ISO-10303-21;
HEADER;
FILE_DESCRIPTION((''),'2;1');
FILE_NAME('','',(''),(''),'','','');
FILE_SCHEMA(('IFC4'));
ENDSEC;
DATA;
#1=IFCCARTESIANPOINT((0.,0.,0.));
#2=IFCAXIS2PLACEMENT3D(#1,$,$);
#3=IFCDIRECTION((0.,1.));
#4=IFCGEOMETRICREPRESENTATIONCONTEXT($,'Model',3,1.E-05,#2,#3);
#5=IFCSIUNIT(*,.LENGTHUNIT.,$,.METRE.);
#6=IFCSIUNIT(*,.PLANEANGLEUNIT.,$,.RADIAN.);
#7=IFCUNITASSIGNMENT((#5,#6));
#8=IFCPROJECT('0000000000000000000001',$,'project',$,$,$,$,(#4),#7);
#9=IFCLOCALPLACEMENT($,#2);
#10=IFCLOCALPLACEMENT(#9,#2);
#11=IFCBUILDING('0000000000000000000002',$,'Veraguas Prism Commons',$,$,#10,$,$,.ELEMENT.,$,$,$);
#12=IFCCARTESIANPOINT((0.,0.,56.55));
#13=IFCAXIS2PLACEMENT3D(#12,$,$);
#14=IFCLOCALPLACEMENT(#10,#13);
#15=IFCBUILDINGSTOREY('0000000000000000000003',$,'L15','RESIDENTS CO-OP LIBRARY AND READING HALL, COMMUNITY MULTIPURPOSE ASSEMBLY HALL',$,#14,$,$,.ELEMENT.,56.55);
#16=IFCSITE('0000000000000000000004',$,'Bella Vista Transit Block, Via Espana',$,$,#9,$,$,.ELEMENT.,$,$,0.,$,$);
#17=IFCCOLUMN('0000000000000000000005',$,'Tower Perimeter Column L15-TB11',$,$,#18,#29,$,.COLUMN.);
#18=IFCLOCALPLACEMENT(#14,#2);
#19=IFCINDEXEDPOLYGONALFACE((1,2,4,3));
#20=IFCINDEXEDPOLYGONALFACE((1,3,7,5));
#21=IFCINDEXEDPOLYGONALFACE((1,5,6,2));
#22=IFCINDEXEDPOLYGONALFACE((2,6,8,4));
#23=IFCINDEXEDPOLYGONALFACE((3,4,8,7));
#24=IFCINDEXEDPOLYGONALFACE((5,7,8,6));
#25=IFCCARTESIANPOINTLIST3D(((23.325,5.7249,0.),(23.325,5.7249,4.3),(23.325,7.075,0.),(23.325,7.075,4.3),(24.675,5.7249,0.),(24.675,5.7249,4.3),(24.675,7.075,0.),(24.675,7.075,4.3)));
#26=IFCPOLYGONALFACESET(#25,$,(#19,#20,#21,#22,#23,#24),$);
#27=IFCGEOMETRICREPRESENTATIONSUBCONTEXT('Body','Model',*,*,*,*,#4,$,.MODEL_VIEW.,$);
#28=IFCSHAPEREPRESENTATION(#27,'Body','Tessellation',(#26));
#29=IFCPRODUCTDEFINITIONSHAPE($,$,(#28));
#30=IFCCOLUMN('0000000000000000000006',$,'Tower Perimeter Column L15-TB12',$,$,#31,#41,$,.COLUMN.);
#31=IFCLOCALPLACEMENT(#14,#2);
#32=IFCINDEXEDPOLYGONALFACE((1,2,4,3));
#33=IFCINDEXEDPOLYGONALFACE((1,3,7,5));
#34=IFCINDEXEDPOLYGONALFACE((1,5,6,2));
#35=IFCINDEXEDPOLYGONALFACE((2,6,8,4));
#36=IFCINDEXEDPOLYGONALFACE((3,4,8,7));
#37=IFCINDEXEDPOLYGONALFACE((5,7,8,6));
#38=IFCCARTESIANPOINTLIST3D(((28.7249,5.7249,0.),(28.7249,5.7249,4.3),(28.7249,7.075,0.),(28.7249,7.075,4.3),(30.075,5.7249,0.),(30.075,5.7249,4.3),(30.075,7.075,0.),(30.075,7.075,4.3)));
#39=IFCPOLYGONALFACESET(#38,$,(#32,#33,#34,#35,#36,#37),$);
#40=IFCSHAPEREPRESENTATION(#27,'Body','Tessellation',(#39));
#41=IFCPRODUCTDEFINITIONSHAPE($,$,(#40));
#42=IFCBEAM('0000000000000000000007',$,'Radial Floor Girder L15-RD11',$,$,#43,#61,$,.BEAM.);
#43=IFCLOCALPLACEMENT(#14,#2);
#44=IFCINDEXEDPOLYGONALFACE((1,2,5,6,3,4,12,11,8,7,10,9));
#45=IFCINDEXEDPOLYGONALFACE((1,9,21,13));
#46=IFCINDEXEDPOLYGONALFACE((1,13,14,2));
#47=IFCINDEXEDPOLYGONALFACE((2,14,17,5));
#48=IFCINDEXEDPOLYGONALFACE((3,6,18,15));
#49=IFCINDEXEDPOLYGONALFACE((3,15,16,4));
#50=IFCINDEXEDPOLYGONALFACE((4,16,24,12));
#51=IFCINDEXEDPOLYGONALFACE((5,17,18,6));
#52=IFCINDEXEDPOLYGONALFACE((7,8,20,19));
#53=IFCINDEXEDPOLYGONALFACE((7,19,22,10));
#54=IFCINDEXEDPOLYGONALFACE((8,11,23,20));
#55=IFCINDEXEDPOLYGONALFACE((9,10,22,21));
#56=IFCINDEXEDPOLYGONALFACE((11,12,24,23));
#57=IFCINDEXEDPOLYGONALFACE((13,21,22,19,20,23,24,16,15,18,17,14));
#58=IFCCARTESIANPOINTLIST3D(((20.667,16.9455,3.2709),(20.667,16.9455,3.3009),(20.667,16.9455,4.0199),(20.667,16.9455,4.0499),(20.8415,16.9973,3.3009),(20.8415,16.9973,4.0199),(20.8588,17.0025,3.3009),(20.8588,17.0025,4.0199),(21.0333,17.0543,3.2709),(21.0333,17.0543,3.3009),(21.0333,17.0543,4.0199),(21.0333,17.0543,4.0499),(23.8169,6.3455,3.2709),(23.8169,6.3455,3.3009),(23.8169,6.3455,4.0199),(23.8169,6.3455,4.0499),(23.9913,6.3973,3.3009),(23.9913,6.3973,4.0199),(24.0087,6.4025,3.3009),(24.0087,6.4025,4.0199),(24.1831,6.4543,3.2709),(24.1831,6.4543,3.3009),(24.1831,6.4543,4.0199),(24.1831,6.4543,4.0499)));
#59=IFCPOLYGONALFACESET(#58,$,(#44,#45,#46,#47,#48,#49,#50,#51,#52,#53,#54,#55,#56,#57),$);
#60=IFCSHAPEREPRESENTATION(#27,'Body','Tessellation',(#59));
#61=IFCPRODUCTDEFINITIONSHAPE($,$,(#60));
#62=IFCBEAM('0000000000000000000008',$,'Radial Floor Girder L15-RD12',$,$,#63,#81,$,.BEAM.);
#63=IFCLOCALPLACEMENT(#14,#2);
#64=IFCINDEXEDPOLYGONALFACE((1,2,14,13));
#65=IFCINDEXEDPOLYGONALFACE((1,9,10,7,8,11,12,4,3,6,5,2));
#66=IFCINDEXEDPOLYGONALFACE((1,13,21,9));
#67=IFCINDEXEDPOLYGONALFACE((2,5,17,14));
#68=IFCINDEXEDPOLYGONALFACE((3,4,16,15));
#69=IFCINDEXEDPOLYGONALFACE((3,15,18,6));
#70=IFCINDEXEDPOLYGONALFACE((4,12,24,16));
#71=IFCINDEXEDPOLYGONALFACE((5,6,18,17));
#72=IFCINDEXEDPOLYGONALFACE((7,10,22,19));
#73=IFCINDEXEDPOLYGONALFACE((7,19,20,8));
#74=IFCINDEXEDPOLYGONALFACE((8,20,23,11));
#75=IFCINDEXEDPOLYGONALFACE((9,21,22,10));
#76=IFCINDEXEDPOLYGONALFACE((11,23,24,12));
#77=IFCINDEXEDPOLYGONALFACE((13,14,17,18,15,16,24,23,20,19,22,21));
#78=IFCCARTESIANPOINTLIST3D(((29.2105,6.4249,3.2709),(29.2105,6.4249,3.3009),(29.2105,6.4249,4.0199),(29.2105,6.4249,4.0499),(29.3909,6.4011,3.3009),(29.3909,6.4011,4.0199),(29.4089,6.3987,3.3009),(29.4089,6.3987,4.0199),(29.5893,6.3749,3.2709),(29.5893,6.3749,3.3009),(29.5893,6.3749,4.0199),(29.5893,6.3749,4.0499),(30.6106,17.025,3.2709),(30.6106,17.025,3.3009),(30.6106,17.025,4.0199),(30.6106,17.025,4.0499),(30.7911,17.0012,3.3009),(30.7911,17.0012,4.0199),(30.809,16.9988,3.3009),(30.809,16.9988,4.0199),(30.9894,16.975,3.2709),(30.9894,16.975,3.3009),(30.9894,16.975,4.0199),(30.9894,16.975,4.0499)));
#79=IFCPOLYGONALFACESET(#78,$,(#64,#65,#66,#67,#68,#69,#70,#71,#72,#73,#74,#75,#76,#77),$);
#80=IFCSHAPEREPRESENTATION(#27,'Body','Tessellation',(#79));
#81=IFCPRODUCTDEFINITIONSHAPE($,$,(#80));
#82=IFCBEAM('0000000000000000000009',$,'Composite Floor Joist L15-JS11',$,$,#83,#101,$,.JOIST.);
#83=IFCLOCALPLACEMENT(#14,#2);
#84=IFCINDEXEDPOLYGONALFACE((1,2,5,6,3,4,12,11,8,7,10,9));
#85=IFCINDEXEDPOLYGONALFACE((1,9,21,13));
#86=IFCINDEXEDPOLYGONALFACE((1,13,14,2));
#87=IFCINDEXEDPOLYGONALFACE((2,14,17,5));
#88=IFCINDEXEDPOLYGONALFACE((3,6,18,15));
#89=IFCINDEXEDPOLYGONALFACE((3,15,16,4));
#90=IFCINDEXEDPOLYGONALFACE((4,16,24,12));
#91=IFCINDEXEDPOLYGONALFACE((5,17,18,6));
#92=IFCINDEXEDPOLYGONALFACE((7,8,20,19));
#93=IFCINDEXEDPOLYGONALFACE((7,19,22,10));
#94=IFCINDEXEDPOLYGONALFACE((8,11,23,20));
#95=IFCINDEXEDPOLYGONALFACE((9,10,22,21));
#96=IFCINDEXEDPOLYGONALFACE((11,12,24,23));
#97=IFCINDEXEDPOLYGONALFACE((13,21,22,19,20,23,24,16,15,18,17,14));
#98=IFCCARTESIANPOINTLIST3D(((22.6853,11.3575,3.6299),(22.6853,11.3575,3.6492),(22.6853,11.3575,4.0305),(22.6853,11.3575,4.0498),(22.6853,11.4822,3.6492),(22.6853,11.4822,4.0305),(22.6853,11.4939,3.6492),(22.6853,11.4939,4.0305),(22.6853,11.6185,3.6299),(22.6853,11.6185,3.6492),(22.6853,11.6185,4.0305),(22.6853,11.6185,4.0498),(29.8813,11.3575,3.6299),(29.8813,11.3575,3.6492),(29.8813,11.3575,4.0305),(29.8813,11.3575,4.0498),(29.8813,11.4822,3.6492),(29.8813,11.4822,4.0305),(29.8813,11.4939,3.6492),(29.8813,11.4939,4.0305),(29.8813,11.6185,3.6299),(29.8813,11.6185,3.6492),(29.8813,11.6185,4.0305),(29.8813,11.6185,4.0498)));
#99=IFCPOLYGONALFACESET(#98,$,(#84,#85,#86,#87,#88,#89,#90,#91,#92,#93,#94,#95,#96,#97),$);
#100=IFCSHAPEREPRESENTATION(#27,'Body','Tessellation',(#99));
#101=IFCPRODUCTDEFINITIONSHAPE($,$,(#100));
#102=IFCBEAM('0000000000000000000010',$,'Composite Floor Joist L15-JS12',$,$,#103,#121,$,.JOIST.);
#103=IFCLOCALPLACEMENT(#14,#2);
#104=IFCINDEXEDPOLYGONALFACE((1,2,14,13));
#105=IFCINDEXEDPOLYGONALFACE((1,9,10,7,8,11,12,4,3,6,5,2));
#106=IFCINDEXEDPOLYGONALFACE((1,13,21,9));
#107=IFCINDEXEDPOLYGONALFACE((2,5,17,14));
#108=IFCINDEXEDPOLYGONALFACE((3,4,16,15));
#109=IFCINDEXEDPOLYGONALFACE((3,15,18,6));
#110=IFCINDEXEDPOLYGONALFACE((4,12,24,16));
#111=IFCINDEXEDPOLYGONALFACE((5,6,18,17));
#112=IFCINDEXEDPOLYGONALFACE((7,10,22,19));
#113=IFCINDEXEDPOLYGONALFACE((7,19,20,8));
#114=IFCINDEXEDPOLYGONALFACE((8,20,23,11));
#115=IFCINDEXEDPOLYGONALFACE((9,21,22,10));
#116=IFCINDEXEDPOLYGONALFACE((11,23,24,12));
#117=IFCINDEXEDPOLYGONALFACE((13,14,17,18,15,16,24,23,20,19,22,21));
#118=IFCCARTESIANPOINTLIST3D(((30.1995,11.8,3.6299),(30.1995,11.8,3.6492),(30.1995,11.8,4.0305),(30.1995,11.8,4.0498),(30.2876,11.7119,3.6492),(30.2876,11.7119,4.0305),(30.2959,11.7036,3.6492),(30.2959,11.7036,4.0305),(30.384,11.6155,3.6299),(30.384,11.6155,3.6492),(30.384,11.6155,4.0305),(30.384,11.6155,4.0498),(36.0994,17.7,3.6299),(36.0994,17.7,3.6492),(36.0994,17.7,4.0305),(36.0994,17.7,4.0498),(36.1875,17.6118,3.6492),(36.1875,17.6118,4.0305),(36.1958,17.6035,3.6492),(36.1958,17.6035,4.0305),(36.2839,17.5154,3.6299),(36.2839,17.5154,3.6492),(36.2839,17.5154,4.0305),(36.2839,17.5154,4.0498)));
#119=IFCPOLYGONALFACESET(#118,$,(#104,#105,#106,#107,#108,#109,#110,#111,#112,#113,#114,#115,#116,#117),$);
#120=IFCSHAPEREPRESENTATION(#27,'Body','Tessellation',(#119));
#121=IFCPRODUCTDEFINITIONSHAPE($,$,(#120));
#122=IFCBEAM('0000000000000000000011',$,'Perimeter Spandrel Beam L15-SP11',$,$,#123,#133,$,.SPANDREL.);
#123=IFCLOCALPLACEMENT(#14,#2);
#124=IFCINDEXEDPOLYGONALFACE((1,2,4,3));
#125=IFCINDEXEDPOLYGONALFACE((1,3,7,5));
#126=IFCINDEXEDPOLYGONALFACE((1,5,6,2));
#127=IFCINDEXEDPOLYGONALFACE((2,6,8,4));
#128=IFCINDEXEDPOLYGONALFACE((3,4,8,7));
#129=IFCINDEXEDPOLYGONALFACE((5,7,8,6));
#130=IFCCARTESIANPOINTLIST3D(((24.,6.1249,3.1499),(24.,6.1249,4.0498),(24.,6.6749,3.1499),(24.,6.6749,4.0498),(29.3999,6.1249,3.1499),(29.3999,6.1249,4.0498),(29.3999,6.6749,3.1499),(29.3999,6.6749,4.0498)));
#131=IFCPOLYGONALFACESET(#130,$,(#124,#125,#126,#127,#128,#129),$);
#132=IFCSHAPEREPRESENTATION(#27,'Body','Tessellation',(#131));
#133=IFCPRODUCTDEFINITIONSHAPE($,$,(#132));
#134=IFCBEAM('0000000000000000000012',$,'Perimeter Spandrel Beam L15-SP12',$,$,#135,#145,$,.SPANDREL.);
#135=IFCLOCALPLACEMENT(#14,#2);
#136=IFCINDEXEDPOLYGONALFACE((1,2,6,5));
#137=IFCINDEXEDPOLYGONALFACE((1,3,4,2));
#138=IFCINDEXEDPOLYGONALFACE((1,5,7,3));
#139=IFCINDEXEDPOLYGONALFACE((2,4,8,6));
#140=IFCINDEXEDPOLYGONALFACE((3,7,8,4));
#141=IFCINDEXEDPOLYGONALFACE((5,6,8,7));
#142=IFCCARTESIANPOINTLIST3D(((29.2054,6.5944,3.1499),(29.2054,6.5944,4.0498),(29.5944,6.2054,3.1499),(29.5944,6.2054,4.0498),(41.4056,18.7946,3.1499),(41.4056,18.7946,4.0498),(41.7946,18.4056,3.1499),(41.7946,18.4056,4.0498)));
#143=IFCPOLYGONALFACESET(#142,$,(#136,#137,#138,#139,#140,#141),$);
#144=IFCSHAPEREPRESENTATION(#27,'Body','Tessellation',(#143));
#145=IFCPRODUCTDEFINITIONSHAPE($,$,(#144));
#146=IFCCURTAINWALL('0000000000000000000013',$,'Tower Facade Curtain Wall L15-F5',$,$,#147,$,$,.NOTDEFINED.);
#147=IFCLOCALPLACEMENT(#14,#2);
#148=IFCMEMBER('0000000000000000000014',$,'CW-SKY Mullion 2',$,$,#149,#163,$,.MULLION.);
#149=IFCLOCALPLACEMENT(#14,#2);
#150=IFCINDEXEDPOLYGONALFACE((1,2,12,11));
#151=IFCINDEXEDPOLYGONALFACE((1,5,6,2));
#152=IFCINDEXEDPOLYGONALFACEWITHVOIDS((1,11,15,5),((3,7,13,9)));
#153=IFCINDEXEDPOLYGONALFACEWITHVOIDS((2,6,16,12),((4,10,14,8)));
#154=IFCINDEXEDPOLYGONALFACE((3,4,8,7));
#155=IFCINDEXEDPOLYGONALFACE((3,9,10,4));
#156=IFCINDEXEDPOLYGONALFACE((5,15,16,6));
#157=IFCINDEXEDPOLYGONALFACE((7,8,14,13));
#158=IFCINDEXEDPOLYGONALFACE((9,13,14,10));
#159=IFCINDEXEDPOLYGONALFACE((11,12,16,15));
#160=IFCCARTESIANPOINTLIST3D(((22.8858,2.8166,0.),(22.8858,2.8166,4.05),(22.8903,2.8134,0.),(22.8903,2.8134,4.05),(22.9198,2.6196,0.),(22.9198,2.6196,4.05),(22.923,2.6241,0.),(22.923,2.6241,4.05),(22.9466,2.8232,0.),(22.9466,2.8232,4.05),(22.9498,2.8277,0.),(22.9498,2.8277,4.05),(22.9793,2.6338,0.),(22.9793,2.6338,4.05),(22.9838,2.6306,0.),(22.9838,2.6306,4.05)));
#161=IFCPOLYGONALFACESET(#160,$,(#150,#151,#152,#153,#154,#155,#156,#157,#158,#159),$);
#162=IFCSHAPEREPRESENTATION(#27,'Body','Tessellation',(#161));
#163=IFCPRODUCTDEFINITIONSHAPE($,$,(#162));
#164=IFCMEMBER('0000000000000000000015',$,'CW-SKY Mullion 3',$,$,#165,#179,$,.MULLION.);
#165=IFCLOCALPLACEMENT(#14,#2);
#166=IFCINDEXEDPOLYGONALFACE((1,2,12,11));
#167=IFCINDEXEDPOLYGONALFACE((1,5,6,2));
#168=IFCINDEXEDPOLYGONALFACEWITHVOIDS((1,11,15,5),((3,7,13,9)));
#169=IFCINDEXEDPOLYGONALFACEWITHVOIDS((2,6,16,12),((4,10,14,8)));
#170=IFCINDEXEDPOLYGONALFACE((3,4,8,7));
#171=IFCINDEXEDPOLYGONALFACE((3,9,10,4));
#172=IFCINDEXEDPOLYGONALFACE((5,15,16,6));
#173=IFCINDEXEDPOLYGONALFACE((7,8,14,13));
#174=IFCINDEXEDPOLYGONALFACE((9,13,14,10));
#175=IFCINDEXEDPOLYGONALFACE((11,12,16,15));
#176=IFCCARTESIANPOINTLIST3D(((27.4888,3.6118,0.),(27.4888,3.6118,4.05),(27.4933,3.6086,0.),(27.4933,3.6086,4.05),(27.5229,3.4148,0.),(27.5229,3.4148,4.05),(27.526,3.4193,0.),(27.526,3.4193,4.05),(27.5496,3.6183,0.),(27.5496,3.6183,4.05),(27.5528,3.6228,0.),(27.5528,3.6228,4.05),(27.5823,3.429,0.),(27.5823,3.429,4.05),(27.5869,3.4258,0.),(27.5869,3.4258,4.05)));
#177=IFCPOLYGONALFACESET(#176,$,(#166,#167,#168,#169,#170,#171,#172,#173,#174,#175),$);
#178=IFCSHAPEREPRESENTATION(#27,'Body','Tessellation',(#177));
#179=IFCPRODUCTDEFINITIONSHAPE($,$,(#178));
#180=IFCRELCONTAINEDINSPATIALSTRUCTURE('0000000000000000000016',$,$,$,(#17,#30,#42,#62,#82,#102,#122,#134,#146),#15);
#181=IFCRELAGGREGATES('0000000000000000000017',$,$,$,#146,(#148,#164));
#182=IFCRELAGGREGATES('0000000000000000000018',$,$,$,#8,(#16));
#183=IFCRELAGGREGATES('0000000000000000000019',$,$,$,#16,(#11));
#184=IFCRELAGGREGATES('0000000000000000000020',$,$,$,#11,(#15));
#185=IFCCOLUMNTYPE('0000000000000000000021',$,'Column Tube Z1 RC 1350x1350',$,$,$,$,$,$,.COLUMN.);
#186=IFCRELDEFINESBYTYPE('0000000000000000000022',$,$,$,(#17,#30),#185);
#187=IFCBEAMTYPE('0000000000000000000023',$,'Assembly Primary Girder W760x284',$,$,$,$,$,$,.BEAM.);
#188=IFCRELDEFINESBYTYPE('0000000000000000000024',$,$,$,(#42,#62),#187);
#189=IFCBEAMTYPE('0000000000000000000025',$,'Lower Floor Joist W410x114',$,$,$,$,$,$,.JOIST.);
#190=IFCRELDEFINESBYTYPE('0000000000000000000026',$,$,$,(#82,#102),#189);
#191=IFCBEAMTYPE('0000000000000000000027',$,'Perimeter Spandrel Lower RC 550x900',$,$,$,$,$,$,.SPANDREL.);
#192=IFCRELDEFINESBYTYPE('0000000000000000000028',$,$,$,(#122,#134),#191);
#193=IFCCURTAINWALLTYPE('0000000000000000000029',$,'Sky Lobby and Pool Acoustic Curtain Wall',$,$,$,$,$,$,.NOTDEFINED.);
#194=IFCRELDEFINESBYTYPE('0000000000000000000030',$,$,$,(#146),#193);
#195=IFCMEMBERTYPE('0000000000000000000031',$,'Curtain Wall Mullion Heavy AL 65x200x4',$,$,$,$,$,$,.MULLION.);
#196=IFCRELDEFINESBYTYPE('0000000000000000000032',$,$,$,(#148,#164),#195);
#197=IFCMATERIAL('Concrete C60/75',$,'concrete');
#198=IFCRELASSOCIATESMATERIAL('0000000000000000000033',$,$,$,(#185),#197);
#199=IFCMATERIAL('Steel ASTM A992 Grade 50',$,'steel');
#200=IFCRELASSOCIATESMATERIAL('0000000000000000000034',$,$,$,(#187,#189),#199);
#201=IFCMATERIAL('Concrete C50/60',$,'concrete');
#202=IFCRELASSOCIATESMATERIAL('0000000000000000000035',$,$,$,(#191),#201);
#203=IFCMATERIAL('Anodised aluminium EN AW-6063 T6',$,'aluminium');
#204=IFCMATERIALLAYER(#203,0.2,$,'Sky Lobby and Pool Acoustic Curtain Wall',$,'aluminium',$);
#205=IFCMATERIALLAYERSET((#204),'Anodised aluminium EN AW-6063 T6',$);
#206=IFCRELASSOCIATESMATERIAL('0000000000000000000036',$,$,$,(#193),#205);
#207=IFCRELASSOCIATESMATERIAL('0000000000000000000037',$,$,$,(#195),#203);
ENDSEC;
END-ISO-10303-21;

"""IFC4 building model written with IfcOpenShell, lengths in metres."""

from ifc_helpers import new_model, si_unit, direction, frame, origin, origin_2d, place, context, subcontext, project, spatial, rectangle, hollow_rectangle, i_section, extrude, source, transform, mapped, material, layer, layer_set, material_profile, profile_set, type_object, element, aggregate, save


model = new_model("IFC4")

# Units and contexts
model_context = context("Model", 3, precision=1e-05, world=origin(), true_north=direction((0.0, 1.0)))
body_context = subcontext(model_context, "Body", "Model", "MODEL_VIEW")
ifc_project = project(units=[si_unit("LENGTHUNIT", "METRE"), si_unit("PLANEANGLEUNIT", "RADIAN")], contexts=[model_context])

# Site, building, storey
site_placement = place(None, origin())
site = spatial("IfcSite", under=ifc_project, at=site_placement, Name="Bella Vista Transit Block, Via Espana", CompositionType="ELEMENT", RefElevation=0.0)
building_placement = place(site_placement, origin())
building = spatial("IfcBuilding", under=site, at=building_placement, Name="Veraguas Prism Commons", CompositionType="ELEMENT")
storey_placement = place(building_placement, frame((0.0, 0.0, 56.55)))
storey = spatial("IfcBuildingStorey", under=building, at=storey_placement, Name="L15", Description="RESIDENTS CO-OP LIBRARY AND READING HALL, COMMUNITY MULTIPURPOSE ASSEMBLY HALL", CompositionType="ELEMENT", Elevation=56.55)

# Columns
ifc_material_1 = material(Name="Concrete C60/75", Category="concrete")
ifc_material_profile_1 = material_profile(ifc_material_1, rectangle(XDim=1.3501, YDim=1.3501, at=origin_2d()), Name="RC1350X1350")
ifc_profile_set_1 = profile_set([ifc_material_profile_1], Name="Concrete C60/75")
column_type = type_object("IfcColumnType", Name="Column Tube Z1 RC 1350x1350", PredefinedType="COLUMN", material=ifc_profile_set_1)
for number, where, z_axis, x_axis, name in (
    (1, (24.0, 6.3999, 0.0), (0.0, 0.0, 1.0), (1.0, 0.0, 0.0), "Tower Perimeter Column L15-TB11"),
    (2, (29.3999, 6.3999, 0.0), (0.0, 0.0, 1.0), (1.0, 0.0, 0.0), "Tower Perimeter Column L15-TB12"),
):
    element("IfcColumn", number, at=place(storey_placement, frame(where, z_axis=z_axis, x_axis=x_axis)), inside=storey, type_object=column_type, Name=name, PredefinedType="COLUMN", context=body_context, shape_type="SweptSolid", body=[
        extrude(rectangle(XDim=1.3501, YDim=1.3501, at=origin_2d()), origin(), (0.0, 0.0, 1.0), 4.3),
    ])

# Beams
ifc_material_2 = material(Name="Steel ASTM A992 Grade 50", Category="steel")
ifc_material_profile_2 = material_profile(ifc_material_2, i_section(OverallWidth=0.3821, OverallDepth=0.7791, WebThickness=0.0181, FlangeThickness=0.03, at=origin_2d()), Name="W760X284")
ifc_profile_set_2 = profile_set([ifc_material_profile_2], Name="Steel ASTM A992 Grade 50")
beam_type_1 = type_object("IfcBeamType", Name="Assembly Primary Girder W760x284", PredefinedType="BEAM", material=ifc_profile_set_2)
beam_1_placement = place(storey_placement, frame((24.0, 6.3999, 3.6604), z_axis=(-0.284847, 0.958573, 0.0), x_axis=(-0.958573, -0.284847, 0.0)))
element("IfcBeam", 3, at=beam_1_placement, inside=storey, type_object=beam_type_1, Name="Radial Floor Girder L15-RD11", PredefinedType="BEAM", context=body_context, shape_type="SweptSolid", body=[
    extrude(i_section(OverallWidth=0.3821, OverallDepth=0.7791, WebThickness=0.0181, FlangeThickness=0.03, at=origin_2d()), origin(), (0.0, 0.0, 1.0), 11.0581),
])
beam_2_placement = place(storey_placement, frame((29.3999, 6.3999, 3.6604), z_axis=(0.130951, 0.991389, 0.0), x_axis=(-0.991389, 0.130951, 0.0)))
element("IfcBeam", 4, at=beam_2_placement, inside=storey, type_object=beam_type_1, Name="Radial Floor Girder L15-RD12", PredefinedType="BEAM", context=body_context, shape_type="SweptSolid", body=[
    extrude(i_section(OverallWidth=0.3821, OverallDepth=0.7791, WebThickness=0.0181, FlangeThickness=0.03, at=origin_2d()), origin(), (0.0, 0.0, 1.0), 10.6921),
])
ifc_material_profile_3 = material_profile(ifc_material_2, i_section(OverallWidth=0.261, OverallDepth=0.4199, WebThickness=0.0117, FlangeThickness=0.0193, at=origin_2d()), Name="W410X114")
ifc_profile_set_3 = profile_set([ifc_material_profile_3], Name="Steel ASTM A992 Grade 50")
beam_type_2 = type_object("IfcBeamType", Name="Lower Floor Joist W410x114", PredefinedType="JOIST", material=ifc_profile_set_3)
beam_3_placement = place(storey_placement, frame((22.6853, 11.488, 3.8398), z_axis=(1.0, 0.0, 0.0), x_axis=(0.0, 1.0, 0.0)))
element("IfcBeam", 5, at=beam_3_placement, inside=storey, type_object=beam_type_2, Name="Composite Floor Joist L15-JS11", PredefinedType="JOIST", context=body_context, shape_type="SweptSolid", body=[
    extrude(i_section(OverallWidth=0.261, OverallDepth=0.4199, WebThickness=0.0117, FlangeThickness=0.0193, at=origin_2d()), origin(), (0.0, 0.0, 1.0), 7.196),
])
beam_4_placement = place(storey_placement, frame((30.2917, 11.7078, 3.8398), z_axis=(0.707107, 0.707107, 0.0), x_axis=(-0.707107, 0.707107, 0.0)))
element("IfcBeam", 6, at=beam_4_placement, inside=storey, type_object=beam_type_2, Name="Composite Floor Joist L15-JS12", PredefinedType="JOIST", context=body_context, shape_type="SweptSolid", body=[
    extrude(i_section(OverallWidth=0.261, OverallDepth=0.4199, WebThickness=0.0117, FlangeThickness=0.0193, at=origin_2d()), origin(), (0.0, 0.0, 1.0), 8.3438),
])
ifc_material_3 = material(Name="Concrete C50/60", Category="concrete")
ifc_material_profile_4 = material_profile(ifc_material_3, rectangle(XDim=0.55, YDim=0.8999, at=origin_2d()), Name="RC550X900")
ifc_profile_set_4 = profile_set([ifc_material_profile_4], Name="Concrete C50/60")
beam_type_3 = type_object("IfcBeamType", Name="Perimeter Spandrel Lower RC 550x900", PredefinedType="SPANDREL", material=ifc_profile_set_4)
beam_5_placement = place(storey_placement, frame((24.0, 6.3999, 3.5999), z_axis=(1.0, 0.0, 0.0), x_axis=(0.0, 1.0, 0.0)))
element("IfcBeam", 7, at=beam_5_placement, inside=storey, type_object=beam_type_3, Name="Perimeter Spandrel Beam L15-SP11", PredefinedType="SPANDREL", context=body_context, shape_type="SweptSolid", body=[
    extrude(rectangle(XDim=0.55, YDim=0.8999, at=origin_2d()), origin(), (0.0, 0.0, 1.0), 5.3999),
])
beam_6_placement = place(storey_placement, frame((29.3999, 6.3999, 3.5999), z_axis=(0.707107, 0.707107, 0.0), x_axis=(-0.707107, 0.707107, 0.0)))
element("IfcBeam", 8, at=beam_6_placement, inside=storey, type_object=beam_type_3, Name="Perimeter Spandrel Beam L15-SP12", PredefinedType="SPANDREL", context=body_context, shape_type="SweptSolid", body=[
    extrude(rectangle(XDim=0.55, YDim=0.8999, at=origin_2d()), origin(), (0.0, 0.0, 1.0), 17.2537),
])

# Curtain wall, members
ifc_material_4 = material(Name="Anodised aluminium EN AW-6063 T6", Category="aluminium")
ifc_layer_1 = layer(ifc_material_4, 0.2, Name="Sky Lobby and Pool Acoustic Curtain Wall", Category="aluminium")
ifc_layer_set_1 = layer_set([ifc_layer_1], Name="Anodised aluminium EN AW-6063 T6")
curtain_wall_type = type_object("IfcCurtainWallType", Name="Sky Lobby and Pool Acoustic Curtain Wall", PredefinedType="NOTDEFINED", material=ifc_layer_set_1)
curtain_wall_placement = place(storey_placement, origin())
curtain_wall = element("IfcCurtainWall", 9, at=curtain_wall_placement, inside=storey, type_object=curtain_wall_type, Name="Tower Facade Curtain Wall L15-F5", PredefinedType="NOTDEFINED")
ifc_material_profile_5 = material_profile(ifc_material_4, hollow_rectangle(XDim=0.0649, YDim=0.2, WallThickness=0.0039, at=origin_2d()), Name="AL65X200X4")
ifc_profile_set_5 = profile_set([ifc_material_profile_5], Name="Anodised aluminium EN AW-6063 T6")
member_type = type_object("IfcMemberType", Name="Curtain Wall Mullion Heavy AL 65x200x4", PredefinedType="MULLION", material=ifc_profile_set_5)
shared_shape_1 = source(origin(), body_context, "Body", "SweptSolid", [
    extrude(hollow_rectangle(XDim=0.0649, YDim=0.2, WallThickness=0.0039, at=origin_2d()), origin(), (0.0, 0.0, 1.0), 4.05),
])
member_1_placement = place(storey_placement, frame((22.9348, 2.7236, 0.0), z_axis=(0.0, 0.0, 1.0), x_axis=(0.985408, 0.170209, 0.0)))
member_1 = element("IfcMember", 10, at=member_1_placement, type_object=member_type, Name="CW-SKY Mullion 2", PredefinedType="MULLION", context=body_context, shape_type="MappedRepresentation", body=[
    mapped(shared_shape_1, transform((0.0, 0.0, 0.0), scale=1.0)),
])
member_2_placement = place(storey_placement, frame((27.5378, 3.5188, 0.0), z_axis=(0.0, 0.0, 1.0), x_axis=(0.985408, 0.170209, 0.0)))
member_2 = element("IfcMember", 11, at=member_2_placement, type_object=member_type, Name="CW-SKY Mullion 3", PredefinedType="MULLION", context=body_context, shape_type="MappedRepresentation", body=[
    mapped(shared_shape_1, transform((0.0, 0.0, 0.0), scale=1.0)),
])
aggregate(curtain_wall, [member_1, member_2])

save(model, "model.ifc")
